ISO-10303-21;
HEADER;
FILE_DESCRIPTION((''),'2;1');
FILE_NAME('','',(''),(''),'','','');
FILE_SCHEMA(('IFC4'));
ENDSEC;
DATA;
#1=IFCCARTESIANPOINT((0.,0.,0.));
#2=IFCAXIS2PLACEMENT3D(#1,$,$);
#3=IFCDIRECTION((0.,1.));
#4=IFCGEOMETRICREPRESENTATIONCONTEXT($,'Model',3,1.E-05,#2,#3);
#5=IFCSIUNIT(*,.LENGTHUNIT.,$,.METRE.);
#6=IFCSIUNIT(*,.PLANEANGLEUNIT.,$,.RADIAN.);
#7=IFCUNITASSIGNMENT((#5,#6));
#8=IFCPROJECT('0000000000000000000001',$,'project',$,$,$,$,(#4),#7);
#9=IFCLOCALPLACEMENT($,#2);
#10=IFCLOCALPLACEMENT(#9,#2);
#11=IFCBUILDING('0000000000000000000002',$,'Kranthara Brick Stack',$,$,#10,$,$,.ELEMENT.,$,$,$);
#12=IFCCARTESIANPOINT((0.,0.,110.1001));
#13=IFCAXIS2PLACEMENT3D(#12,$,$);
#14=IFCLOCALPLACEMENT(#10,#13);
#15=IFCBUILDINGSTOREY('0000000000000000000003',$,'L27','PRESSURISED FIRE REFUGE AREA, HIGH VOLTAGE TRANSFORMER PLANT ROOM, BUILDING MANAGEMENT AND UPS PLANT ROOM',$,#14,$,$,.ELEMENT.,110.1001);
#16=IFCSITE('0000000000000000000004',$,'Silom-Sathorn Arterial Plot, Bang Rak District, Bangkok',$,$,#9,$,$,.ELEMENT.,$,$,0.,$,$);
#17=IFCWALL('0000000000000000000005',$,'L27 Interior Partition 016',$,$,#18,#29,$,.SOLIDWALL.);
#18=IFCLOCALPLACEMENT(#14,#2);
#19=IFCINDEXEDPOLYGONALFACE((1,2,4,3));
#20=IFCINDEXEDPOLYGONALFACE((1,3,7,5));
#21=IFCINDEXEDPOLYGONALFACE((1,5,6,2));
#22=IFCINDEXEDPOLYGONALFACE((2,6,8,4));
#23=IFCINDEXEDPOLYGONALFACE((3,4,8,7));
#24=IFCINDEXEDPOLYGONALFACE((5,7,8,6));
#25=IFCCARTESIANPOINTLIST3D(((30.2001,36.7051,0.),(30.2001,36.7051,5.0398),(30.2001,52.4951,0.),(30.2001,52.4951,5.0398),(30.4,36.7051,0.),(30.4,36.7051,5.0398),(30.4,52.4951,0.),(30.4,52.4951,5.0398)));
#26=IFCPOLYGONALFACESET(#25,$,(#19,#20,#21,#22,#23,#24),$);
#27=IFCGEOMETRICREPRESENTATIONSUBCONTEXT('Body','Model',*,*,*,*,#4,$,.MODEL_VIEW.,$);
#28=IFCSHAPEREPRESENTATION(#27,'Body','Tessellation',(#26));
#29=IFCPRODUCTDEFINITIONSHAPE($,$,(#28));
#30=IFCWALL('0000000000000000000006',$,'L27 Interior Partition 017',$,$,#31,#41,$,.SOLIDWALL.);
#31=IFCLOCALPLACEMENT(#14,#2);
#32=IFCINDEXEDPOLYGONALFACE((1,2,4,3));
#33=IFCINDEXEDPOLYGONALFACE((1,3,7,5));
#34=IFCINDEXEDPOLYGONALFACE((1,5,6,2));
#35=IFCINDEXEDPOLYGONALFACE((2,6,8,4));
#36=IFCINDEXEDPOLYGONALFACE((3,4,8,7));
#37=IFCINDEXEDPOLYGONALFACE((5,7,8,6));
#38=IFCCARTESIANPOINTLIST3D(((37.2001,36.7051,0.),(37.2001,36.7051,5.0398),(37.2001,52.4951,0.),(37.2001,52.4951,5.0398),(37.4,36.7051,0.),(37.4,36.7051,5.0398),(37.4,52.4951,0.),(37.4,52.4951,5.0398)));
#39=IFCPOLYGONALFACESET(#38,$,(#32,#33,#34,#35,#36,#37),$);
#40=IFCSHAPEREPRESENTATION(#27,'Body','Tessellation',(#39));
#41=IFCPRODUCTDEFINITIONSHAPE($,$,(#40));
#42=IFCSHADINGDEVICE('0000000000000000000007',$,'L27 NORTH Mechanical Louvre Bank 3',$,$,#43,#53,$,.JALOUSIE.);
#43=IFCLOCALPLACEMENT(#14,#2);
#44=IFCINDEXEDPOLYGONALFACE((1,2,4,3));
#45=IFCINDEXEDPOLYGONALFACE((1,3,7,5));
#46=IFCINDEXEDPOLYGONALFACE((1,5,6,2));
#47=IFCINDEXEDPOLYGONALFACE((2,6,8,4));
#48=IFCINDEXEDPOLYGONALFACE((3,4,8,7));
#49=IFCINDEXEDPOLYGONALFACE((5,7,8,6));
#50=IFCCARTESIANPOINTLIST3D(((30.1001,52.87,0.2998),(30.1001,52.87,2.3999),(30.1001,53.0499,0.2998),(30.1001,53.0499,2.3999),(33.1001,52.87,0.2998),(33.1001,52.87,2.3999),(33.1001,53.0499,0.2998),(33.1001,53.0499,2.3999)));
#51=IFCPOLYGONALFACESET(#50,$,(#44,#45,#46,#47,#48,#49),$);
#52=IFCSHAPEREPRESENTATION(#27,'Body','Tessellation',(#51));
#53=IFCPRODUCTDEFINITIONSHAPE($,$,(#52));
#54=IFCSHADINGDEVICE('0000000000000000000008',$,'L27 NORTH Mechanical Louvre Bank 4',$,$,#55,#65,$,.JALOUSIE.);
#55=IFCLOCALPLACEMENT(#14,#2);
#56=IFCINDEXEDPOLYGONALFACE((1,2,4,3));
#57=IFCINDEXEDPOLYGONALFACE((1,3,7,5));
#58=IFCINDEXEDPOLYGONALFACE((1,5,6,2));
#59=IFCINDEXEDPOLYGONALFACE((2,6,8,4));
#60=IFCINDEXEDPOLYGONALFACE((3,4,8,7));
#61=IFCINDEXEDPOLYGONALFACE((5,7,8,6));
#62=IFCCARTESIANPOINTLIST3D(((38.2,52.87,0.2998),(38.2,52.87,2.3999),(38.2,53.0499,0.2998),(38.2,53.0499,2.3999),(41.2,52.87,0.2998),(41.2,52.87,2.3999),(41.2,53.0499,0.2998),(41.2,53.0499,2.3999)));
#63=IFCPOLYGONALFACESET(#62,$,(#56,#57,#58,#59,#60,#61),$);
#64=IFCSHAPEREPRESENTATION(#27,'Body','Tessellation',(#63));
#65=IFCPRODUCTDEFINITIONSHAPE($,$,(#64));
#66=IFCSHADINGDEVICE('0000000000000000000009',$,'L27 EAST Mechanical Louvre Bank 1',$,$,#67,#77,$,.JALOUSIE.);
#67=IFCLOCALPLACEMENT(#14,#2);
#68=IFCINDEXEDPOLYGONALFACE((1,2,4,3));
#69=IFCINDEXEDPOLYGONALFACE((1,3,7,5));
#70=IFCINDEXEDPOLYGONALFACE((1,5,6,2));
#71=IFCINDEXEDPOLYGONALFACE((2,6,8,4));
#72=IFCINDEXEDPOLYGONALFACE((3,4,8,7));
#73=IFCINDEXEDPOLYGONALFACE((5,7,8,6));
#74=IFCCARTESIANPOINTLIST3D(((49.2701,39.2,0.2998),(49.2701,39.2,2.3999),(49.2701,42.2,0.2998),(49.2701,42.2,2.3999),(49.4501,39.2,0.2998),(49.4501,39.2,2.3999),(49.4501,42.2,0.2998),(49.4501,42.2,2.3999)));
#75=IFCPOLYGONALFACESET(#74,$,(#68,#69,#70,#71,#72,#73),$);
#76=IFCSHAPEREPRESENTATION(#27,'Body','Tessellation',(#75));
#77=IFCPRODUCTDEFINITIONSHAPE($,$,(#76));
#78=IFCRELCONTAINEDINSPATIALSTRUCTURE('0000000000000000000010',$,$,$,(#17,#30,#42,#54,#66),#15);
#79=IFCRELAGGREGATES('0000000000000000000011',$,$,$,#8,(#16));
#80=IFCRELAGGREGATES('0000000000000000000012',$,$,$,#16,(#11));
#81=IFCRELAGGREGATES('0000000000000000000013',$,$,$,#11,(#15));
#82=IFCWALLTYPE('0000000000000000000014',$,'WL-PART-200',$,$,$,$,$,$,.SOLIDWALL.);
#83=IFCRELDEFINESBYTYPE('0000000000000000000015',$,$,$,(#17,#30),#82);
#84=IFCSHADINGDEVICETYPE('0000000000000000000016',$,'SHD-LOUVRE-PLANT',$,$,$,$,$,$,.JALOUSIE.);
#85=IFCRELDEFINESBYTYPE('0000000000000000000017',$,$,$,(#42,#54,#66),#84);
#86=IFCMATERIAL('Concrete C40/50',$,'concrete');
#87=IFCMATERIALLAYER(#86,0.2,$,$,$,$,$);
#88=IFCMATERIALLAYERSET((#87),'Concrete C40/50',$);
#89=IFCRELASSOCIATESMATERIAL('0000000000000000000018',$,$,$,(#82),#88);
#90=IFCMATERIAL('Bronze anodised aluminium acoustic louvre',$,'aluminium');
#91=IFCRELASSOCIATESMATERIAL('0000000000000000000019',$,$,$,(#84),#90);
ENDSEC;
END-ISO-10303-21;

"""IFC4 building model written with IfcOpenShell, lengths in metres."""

from ifc_helpers import new_model, si_unit, direction, frame, frame_2d, origin, origin_2d, place, context, subcontext, project, spatial, rectangle, extrude, material, layer, layer_set, type_object, element, save


model = new_model("IFC4")

# Units and contexts
model_context = context("Model", 3, precision=1e-05, world=origin(), true_north=direction((0.0, 1.0)))
body_context = subcontext(model_context, "Body", "Model", "MODEL_VIEW")
ifc_project = project(units=[si_unit("LENGTHUNIT", "METRE"), si_unit("PLANEANGLEUNIT", "RADIAN")], contexts=[model_context])

# Site, building, storey
site_placement = place(None, origin())
site = spatial("IfcSite", under=ifc_project, at=site_placement, Name="Silom-Sathorn Arterial Plot, Bang Rak District, Bangkok", CompositionType="ELEMENT", RefElevation=0.0)
building_placement = place(site_placement, origin())
building = spatial("IfcBuilding", under=site, at=building_placement, Name="Kranthara Brick Stack", CompositionType="ELEMENT")
storey_placement = place(building_placement, frame((0.0, 0.0, 110.1001)))
storey = spatial("IfcBuildingStorey", under=building, at=storey_placement, Name="L27", Description="PRESSURISED FIRE REFUGE AREA, HIGH VOLTAGE TRANSFORMER PLANT ROOM, BUILDING MANAGEMENT AND UPS PLANT ROOM", CompositionType="ELEMENT", Elevation=110.1001)

# Walls
ifc_material_1 = material(Name="Concrete C40/50", Category="concrete")
ifc_layer_1 = layer(ifc_material_1, 0.2)
ifc_layer_set_1 = layer_set([ifc_layer_1], Name="Concrete C40/50")
wall_type_1 = type_object("IfcWallType", Name="WL-PART-200", PredefinedType="SOLIDWALL", material=ifc_layer_set_1)
for number, where, z_axis, x_axis, name in (
    (1, (30.3, 36.7051, 0.0), (0.0, 0.0, 1.0), (0.0, 1.0, 0.0), "L27 Interior Partition 016"),
    (2, (37.3, 36.7051, 0.0), (0.0, 0.0, 1.0), (0.0, 1.0, 0.0), "L27 Interior Partition 017"),
):
    element("IfcWall", number, at=place(storey_placement, frame(where, z_axis=z_axis, x_axis=x_axis)), inside=storey, type_object=wall_type_1, Name=name, PredefinedType="SOLIDWALL", context=body_context, shape_type="SweptSolid", body=[
        extrude(rectangle(XDim=15.79, YDim=0.2, at=frame_2d((7.895, 0.0))), origin(), (0.0, 0.0, 1.0), 5.0398),
    ])

# Shading devices
ifc_material_2 = material(Name="Bronze anodised aluminium acoustic louvre", Category="aluminium")
shading_device_type = type_object("IfcShadingDeviceType", Name="SHD-LOUVRE-PLANT", PredefinedType="JALOUSIE", material=ifc_material_2)
for number, where, z_axis, x_axis, name in (
    (3, (31.6001, 52.96, 0.2998), (0.0, 0.0, 1.0), (1.0, 0.0, 0.0), "L27 NORTH Mechanical Louvre Bank 3"),
    (4, (39.7, 52.96, 0.2998), (0.0, 0.0, 1.0), (1.0, 0.0, 0.0), "L27 NORTH Mechanical Louvre Bank 4"),
    (5, (49.3601, 40.7, 0.2998), (0.0, 0.0, 1.0), (0.0, -1.0, 0.0), "L27 EAST Mechanical Louvre Bank 1"),
):
    element("IfcShadingDevice", number, at=place(storey_placement, frame(where, z_axis=z_axis, x_axis=x_axis)), inside=storey, type_object=shading_device_type, Name=name, PredefinedType="JALOUSIE", context=body_context, shape_type="SweptSolid", body=[
        extrude(rectangle(XDim=3.0, YDim=0.1799, at=origin_2d()), origin(), (0.0, 0.0, 1.0), 2.1001),
    ])

save(model, "model.ifc")
